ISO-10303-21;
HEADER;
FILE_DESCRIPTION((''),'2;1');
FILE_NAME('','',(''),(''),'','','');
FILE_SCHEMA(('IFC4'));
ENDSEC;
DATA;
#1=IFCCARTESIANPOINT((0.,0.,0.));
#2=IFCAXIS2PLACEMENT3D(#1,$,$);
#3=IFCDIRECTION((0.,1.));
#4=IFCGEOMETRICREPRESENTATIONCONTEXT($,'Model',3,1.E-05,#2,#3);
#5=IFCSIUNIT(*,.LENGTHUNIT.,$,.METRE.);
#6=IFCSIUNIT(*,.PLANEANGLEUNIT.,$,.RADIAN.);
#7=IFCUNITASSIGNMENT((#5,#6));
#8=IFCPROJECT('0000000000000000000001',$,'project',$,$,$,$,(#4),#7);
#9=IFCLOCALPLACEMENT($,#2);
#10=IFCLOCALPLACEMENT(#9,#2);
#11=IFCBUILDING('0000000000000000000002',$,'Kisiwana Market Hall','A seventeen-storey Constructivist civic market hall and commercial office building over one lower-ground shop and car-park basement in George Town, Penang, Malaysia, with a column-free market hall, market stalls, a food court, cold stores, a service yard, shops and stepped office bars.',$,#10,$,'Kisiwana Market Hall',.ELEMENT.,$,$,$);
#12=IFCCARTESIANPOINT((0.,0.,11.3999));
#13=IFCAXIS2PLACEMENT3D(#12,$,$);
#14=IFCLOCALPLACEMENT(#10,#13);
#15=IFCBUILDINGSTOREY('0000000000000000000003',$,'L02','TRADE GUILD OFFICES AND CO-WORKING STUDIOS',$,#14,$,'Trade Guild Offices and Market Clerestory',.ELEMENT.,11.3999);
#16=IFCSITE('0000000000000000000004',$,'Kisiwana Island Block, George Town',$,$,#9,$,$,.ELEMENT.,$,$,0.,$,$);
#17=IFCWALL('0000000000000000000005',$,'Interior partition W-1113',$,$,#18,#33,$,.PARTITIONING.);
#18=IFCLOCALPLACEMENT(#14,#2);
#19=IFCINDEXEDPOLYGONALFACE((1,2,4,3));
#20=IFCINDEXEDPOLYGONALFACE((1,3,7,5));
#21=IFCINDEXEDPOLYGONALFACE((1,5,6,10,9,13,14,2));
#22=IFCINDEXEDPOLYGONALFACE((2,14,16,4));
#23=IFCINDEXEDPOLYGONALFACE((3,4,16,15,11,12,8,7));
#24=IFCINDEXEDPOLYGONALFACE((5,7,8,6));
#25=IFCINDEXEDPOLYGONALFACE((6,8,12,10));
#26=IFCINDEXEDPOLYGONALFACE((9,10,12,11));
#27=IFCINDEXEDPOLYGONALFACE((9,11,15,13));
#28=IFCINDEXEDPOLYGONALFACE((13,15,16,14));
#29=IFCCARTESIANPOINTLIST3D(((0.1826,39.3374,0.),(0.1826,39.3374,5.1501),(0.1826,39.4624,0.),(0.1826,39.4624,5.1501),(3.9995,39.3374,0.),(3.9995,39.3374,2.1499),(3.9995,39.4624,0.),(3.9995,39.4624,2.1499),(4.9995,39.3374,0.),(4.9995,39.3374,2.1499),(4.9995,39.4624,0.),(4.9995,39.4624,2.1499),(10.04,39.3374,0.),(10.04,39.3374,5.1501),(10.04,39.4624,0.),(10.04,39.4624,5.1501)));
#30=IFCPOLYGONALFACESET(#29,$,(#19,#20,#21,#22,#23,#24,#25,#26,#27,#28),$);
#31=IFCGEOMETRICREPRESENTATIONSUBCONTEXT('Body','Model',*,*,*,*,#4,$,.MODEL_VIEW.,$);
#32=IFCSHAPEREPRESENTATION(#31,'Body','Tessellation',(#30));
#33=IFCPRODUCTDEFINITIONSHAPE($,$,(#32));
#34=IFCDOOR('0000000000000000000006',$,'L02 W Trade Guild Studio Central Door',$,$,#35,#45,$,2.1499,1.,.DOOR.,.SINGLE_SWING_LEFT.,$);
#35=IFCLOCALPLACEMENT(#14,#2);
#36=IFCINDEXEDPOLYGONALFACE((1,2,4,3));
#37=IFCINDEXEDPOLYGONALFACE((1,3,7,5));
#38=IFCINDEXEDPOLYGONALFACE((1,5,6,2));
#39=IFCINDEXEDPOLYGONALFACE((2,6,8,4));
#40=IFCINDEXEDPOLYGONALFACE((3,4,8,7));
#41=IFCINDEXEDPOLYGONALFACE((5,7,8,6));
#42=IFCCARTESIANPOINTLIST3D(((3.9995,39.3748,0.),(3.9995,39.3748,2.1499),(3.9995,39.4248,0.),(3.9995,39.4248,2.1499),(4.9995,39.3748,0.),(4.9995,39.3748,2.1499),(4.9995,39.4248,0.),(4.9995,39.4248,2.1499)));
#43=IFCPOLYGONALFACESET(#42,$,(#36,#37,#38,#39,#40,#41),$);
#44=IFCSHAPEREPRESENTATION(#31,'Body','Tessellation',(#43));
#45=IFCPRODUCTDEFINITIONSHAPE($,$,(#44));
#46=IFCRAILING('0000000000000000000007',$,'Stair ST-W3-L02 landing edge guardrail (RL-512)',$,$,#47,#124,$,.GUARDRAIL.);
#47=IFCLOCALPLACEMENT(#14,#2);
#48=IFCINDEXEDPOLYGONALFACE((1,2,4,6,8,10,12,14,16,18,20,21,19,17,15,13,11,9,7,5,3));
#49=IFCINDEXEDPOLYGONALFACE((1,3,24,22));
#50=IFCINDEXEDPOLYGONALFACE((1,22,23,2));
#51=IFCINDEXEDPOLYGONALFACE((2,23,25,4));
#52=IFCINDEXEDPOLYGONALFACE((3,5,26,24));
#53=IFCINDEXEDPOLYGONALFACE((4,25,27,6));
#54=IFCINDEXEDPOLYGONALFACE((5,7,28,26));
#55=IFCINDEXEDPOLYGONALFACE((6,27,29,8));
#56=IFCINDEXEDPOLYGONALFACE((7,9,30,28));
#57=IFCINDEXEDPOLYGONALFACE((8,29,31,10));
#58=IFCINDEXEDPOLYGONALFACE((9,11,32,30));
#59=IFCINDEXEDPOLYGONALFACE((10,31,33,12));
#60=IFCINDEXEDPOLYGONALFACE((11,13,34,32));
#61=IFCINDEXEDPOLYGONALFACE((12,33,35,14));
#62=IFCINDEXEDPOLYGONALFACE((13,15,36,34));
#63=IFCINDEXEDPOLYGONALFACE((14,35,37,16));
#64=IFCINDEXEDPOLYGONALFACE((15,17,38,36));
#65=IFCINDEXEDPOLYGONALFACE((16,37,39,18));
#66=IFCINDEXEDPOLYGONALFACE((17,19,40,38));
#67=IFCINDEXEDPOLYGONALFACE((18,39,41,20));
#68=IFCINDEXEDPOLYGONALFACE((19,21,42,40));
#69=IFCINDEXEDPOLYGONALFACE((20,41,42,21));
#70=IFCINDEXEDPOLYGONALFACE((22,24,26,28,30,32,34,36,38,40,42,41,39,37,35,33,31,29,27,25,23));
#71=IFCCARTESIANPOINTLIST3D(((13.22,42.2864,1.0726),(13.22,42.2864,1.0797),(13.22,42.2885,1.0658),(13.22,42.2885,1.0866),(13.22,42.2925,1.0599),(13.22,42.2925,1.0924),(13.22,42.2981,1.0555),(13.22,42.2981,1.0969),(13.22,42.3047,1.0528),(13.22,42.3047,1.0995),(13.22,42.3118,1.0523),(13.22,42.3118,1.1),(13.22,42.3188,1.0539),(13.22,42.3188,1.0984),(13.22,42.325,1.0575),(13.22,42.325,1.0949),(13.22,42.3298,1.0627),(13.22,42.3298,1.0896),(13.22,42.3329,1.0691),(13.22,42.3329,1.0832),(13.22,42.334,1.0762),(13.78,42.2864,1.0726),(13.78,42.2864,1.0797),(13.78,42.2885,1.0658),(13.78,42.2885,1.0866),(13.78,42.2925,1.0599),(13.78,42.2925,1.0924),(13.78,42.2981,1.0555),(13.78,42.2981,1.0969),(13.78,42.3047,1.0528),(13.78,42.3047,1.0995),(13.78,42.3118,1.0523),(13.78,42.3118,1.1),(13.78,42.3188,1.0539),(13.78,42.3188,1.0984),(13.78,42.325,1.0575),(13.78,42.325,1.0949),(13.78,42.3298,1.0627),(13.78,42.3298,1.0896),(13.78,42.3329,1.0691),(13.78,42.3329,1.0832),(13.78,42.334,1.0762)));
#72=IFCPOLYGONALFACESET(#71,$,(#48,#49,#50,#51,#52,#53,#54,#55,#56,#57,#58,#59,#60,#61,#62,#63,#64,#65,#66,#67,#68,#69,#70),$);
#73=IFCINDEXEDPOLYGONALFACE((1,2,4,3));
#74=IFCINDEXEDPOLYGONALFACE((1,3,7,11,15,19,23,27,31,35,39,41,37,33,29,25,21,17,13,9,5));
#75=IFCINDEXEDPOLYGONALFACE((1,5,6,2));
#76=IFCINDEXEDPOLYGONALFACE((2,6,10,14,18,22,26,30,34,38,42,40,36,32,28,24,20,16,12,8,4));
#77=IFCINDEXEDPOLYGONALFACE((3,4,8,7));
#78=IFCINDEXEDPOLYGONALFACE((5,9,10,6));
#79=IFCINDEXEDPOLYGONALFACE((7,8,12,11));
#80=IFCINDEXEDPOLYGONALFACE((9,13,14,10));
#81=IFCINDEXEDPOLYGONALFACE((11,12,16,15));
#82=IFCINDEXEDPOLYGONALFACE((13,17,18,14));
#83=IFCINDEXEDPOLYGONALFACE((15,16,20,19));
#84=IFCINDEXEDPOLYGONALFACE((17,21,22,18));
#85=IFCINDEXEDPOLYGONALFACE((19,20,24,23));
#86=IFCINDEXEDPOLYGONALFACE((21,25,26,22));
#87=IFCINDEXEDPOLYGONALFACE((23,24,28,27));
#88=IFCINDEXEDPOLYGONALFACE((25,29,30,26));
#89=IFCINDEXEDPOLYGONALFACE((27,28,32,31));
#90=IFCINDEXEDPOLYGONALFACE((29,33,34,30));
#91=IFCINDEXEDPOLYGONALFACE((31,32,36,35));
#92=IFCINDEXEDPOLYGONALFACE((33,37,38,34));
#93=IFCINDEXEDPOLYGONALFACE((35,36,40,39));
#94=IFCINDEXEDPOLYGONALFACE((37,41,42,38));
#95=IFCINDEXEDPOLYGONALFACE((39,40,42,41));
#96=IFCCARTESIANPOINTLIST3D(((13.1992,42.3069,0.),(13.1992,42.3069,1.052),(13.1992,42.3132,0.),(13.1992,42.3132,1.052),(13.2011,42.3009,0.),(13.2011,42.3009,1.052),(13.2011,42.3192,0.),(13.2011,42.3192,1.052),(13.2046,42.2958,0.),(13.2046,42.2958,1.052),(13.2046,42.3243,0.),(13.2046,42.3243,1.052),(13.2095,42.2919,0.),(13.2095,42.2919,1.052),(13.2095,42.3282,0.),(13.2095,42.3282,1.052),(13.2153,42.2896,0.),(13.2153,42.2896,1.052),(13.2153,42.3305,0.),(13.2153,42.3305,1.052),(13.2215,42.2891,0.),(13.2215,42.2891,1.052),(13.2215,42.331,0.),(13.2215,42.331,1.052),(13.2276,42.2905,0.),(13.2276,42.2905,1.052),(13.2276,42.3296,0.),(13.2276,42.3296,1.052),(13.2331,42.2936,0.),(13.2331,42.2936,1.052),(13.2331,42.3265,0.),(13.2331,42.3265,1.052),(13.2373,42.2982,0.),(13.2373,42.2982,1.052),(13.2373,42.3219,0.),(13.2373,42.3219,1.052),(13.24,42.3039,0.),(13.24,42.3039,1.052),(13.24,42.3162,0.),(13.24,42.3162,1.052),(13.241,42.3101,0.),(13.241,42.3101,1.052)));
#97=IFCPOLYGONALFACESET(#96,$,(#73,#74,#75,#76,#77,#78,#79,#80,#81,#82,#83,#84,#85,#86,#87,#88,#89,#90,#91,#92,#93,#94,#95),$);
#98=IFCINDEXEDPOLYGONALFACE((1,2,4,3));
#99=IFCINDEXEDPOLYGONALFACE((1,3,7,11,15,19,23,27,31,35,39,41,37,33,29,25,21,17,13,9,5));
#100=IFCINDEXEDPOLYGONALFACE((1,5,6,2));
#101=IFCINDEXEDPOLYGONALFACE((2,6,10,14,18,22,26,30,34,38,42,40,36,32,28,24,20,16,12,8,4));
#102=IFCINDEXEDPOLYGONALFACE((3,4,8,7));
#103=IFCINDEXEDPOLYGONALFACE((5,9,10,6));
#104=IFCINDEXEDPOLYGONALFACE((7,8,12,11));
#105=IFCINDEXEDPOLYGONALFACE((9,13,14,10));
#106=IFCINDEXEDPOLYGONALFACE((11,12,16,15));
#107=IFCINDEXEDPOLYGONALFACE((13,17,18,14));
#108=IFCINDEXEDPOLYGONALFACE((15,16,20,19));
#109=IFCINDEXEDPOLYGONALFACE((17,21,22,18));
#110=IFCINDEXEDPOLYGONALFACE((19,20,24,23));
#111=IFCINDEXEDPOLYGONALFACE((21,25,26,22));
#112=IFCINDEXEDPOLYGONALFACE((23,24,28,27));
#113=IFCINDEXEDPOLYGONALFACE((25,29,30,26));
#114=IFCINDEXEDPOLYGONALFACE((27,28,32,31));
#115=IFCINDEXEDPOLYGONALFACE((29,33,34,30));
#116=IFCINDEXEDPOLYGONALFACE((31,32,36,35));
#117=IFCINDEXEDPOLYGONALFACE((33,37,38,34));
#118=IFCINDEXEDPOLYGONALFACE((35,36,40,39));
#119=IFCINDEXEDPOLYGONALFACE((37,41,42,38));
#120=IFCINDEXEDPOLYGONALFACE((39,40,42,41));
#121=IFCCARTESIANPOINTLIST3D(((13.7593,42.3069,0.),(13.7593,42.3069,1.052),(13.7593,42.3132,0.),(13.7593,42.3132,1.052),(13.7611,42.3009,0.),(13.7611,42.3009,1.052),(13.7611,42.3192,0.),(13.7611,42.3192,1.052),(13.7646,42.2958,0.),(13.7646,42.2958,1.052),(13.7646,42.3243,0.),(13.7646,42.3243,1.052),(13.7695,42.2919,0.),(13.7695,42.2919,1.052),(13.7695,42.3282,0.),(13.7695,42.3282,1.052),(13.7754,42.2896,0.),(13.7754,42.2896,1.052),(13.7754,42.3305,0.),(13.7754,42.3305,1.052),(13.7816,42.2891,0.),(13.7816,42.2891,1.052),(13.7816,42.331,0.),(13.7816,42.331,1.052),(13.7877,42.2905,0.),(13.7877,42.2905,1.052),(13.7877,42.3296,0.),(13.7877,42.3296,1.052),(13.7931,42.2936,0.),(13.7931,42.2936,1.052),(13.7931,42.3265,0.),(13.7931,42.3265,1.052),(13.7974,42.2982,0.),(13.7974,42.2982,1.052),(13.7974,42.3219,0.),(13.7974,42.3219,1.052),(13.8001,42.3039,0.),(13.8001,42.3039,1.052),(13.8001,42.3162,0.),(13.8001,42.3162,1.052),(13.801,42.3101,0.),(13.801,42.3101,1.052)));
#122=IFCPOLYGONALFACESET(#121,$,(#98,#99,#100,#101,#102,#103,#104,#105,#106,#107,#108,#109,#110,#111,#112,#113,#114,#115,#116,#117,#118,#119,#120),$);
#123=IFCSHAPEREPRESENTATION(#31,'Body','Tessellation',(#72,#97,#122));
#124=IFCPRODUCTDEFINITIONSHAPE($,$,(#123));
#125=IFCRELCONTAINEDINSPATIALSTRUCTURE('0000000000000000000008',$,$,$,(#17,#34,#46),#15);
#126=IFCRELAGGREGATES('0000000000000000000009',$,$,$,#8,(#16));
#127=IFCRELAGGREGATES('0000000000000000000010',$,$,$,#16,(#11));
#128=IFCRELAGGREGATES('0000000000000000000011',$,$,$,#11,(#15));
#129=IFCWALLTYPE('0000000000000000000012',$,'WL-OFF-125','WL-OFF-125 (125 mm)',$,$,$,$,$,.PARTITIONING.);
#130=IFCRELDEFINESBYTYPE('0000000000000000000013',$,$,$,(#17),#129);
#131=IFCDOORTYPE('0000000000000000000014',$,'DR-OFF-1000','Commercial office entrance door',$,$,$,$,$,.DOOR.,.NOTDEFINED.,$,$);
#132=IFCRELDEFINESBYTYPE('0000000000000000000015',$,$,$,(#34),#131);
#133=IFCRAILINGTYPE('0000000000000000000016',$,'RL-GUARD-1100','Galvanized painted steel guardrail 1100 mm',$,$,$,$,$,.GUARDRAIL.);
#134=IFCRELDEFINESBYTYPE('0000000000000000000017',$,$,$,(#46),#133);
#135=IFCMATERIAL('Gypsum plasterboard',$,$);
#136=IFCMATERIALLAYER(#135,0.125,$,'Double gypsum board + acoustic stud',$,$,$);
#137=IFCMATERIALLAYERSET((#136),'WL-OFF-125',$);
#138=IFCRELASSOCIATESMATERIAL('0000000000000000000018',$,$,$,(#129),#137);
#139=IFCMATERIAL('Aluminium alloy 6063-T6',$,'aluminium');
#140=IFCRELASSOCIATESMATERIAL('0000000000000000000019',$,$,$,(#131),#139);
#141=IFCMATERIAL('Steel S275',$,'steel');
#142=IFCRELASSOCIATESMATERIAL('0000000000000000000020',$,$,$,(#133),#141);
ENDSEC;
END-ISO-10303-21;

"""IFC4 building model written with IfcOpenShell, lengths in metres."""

from ifc_helpers import new_model, si_unit, direction, frame, frame_2d, origin, origin_2d, place, context, subcontext, project, spatial, rectangle, circle, extrude, material, layer, layer_set, type_object, element, fill, save


model = new_model("IFC4")

# Units and contexts
model_context = context("Model", 3, precision=1e-05, world=origin(), true_north=direction((0.0, 1.0)))
body_context = subcontext(model_context, "Body", "Model", "MODEL_VIEW")
ifc_project = project(units=[si_unit("LENGTHUNIT", "METRE"), si_unit("PLANEANGLEUNIT", "RADIAN")], contexts=[model_context])

# Site, building, storey
site_placement = place(None, origin())
site = spatial("IfcSite", under=ifc_project, at=site_placement, Name="Kisiwana Island Block, George Town", CompositionType="ELEMENT", RefElevation=0.0)
building_placement = place(site_placement, origin())
building = spatial("IfcBuilding", under=site, at=building_placement, Name="Kisiwana Market Hall", Description="A seventeen-storey Constructivist civic market hall and commercial office building over one lower-ground shop and car-park basement in George Town, Penang, Malaysia, with a column-free market hall, market stalls, a food court, cold stores, a service yard, shops and stepped office bars.", LongName="Kisiwana Market Hall", CompositionType="ELEMENT")
storey_placement = place(building_placement, frame((0.0, 0.0, 11.3999)))
storey = spatial("IfcBuildingStorey", under=building, at=storey_placement, Name="L02", Description="TRADE GUILD OFFICES AND CO-WORKING STUDIOS", LongName="Trade Guild Offices and Market Clerestory", CompositionType="ELEMENT", Elevation=11.3999)

# Shared definitions
ifc_material_1 = material(Name="Gypsum plasterboard")
ifc_layer_1 = layer(ifc_material_1, 0.125, Name="Double gypsum board + acoustic stud")
ifc_layer_set_1 = layer_set([ifc_layer_1], Name="WL-OFF-125")
wall_type_1 = type_object("IfcWallType", Name="WL-OFF-125", Description="WL-OFF-125 (125 mm)", PredefinedType="PARTITIONING", material=ifc_layer_set_1)

# Wall, opening, door
ifc_material_2 = material(Name="Aluminium alloy 6063-T6", Category="aluminium")
door_type_1 = type_object("IfcDoorType", Name="DR-OFF-1000", Description="Commercial office entrance door", OperationType="NOTDEFINED", PredefinedType="DOOR", material=ifc_material_2)
wall_1_placement = place(storey_placement, frame((0.1826, 39.3999, 0.0), z_axis=(0.0, 0.0, 1.0), x_axis=(1.0, 0.0, 0.0)))
wall_1 = element("IfcWall", 1, at=wall_1_placement, inside=storey, type_object=wall_type_1, Name="Interior partition W-1113", PredefinedType="PARTITIONING", context=body_context, shape_type="SweptSolid", body=[
    extrude(rectangle(XDim=9.8574, YDim=0.125, at=frame_2d((4.9287, 0.0))), origin(), (0.0, 0.0, 1.0), 5.1501),
])
opening_1_placement = place(wall_1_placement, frame((3.8169, 0.0, 0.0)))
opening_1 = element("IfcOpeningElement", 2, at=opening_1_placement, cuts=wall_1, PredefinedType="OPENING", context=body_context, shape_type="SweptSolid", body=[
    extrude(rectangle(XDim=1.0, YDim=2.1499, at=frame_2d((0.5, 1.075))), frame((0.0, 0.0745, 0.0), z_axis=(0.0, -1.0, 0.0), x_axis=(1.0, 0.0, 0.0)), (0.0, 0.0, 1.0), 0.1489),
])
door_1_placement = place(opening_1_placement, origin())
door_1 = element("IfcDoor", 3, at=door_1_placement, inside=storey, type_object=door_type_1, Name="L02 W Trade Guild Studio Central Door", OperationType="SINGLE_SWING_LEFT", OverallHeight=2.1499, OverallWidth=1.0, PredefinedType="DOOR", context=body_context, shape_type="SweptSolid", body=[
    extrude(rectangle(XDim=1.0, YDim=2.1499, at=frame_2d((0.5, 1.075))), frame((0.0, 0.0249, 0.0), z_axis=(0.0, -1.0, 0.0), x_axis=(1.0, 0.0, 0.0)), (0.0, 0.0, 1.0), 0.05),
])
fill(opening_1, door_1)

# Railing
ifc_material_3 = material(Name="Steel S275", Category="steel")
railing_type_1 = type_object("IfcRailingType", Name="RL-GUARD-1100", Description="Galvanized painted steel guardrail 1100 mm", PredefinedType="GUARDRAIL", material=ifc_material_3)
railing_placement = place(storey_placement, frame((13.22, 42.3101, 0.0)))
element("IfcRailing", 4, at=railing_placement, inside=storey, type_object=railing_type_1, Name="Stair ST-W3-L02 landing edge guardrail (RL-512)", PredefinedType="GUARDRAIL", context=body_context, shape_type="SweptSolid", body=[
    extrude(circle(Radius=0.0239, at=origin_2d()), frame((0.0, 0.0, 1.0762), z_axis=(1.0, 0.0, 0.0), x_axis=(0.0, 1.0, 0.0)), (0.0, 0.0, 1.0), 0.5601),
    extrude(circle(Radius=0.021, at=origin_2d()), origin(), (0.0, 0.0, 1.0), 1.052),
    extrude(circle(Radius=0.021, at=origin_2d()), frame((0.5601, 0.0, 0.0)), (0.0, 0.0, 1.0), 1.052),
])

save(model, "model.ifc")
